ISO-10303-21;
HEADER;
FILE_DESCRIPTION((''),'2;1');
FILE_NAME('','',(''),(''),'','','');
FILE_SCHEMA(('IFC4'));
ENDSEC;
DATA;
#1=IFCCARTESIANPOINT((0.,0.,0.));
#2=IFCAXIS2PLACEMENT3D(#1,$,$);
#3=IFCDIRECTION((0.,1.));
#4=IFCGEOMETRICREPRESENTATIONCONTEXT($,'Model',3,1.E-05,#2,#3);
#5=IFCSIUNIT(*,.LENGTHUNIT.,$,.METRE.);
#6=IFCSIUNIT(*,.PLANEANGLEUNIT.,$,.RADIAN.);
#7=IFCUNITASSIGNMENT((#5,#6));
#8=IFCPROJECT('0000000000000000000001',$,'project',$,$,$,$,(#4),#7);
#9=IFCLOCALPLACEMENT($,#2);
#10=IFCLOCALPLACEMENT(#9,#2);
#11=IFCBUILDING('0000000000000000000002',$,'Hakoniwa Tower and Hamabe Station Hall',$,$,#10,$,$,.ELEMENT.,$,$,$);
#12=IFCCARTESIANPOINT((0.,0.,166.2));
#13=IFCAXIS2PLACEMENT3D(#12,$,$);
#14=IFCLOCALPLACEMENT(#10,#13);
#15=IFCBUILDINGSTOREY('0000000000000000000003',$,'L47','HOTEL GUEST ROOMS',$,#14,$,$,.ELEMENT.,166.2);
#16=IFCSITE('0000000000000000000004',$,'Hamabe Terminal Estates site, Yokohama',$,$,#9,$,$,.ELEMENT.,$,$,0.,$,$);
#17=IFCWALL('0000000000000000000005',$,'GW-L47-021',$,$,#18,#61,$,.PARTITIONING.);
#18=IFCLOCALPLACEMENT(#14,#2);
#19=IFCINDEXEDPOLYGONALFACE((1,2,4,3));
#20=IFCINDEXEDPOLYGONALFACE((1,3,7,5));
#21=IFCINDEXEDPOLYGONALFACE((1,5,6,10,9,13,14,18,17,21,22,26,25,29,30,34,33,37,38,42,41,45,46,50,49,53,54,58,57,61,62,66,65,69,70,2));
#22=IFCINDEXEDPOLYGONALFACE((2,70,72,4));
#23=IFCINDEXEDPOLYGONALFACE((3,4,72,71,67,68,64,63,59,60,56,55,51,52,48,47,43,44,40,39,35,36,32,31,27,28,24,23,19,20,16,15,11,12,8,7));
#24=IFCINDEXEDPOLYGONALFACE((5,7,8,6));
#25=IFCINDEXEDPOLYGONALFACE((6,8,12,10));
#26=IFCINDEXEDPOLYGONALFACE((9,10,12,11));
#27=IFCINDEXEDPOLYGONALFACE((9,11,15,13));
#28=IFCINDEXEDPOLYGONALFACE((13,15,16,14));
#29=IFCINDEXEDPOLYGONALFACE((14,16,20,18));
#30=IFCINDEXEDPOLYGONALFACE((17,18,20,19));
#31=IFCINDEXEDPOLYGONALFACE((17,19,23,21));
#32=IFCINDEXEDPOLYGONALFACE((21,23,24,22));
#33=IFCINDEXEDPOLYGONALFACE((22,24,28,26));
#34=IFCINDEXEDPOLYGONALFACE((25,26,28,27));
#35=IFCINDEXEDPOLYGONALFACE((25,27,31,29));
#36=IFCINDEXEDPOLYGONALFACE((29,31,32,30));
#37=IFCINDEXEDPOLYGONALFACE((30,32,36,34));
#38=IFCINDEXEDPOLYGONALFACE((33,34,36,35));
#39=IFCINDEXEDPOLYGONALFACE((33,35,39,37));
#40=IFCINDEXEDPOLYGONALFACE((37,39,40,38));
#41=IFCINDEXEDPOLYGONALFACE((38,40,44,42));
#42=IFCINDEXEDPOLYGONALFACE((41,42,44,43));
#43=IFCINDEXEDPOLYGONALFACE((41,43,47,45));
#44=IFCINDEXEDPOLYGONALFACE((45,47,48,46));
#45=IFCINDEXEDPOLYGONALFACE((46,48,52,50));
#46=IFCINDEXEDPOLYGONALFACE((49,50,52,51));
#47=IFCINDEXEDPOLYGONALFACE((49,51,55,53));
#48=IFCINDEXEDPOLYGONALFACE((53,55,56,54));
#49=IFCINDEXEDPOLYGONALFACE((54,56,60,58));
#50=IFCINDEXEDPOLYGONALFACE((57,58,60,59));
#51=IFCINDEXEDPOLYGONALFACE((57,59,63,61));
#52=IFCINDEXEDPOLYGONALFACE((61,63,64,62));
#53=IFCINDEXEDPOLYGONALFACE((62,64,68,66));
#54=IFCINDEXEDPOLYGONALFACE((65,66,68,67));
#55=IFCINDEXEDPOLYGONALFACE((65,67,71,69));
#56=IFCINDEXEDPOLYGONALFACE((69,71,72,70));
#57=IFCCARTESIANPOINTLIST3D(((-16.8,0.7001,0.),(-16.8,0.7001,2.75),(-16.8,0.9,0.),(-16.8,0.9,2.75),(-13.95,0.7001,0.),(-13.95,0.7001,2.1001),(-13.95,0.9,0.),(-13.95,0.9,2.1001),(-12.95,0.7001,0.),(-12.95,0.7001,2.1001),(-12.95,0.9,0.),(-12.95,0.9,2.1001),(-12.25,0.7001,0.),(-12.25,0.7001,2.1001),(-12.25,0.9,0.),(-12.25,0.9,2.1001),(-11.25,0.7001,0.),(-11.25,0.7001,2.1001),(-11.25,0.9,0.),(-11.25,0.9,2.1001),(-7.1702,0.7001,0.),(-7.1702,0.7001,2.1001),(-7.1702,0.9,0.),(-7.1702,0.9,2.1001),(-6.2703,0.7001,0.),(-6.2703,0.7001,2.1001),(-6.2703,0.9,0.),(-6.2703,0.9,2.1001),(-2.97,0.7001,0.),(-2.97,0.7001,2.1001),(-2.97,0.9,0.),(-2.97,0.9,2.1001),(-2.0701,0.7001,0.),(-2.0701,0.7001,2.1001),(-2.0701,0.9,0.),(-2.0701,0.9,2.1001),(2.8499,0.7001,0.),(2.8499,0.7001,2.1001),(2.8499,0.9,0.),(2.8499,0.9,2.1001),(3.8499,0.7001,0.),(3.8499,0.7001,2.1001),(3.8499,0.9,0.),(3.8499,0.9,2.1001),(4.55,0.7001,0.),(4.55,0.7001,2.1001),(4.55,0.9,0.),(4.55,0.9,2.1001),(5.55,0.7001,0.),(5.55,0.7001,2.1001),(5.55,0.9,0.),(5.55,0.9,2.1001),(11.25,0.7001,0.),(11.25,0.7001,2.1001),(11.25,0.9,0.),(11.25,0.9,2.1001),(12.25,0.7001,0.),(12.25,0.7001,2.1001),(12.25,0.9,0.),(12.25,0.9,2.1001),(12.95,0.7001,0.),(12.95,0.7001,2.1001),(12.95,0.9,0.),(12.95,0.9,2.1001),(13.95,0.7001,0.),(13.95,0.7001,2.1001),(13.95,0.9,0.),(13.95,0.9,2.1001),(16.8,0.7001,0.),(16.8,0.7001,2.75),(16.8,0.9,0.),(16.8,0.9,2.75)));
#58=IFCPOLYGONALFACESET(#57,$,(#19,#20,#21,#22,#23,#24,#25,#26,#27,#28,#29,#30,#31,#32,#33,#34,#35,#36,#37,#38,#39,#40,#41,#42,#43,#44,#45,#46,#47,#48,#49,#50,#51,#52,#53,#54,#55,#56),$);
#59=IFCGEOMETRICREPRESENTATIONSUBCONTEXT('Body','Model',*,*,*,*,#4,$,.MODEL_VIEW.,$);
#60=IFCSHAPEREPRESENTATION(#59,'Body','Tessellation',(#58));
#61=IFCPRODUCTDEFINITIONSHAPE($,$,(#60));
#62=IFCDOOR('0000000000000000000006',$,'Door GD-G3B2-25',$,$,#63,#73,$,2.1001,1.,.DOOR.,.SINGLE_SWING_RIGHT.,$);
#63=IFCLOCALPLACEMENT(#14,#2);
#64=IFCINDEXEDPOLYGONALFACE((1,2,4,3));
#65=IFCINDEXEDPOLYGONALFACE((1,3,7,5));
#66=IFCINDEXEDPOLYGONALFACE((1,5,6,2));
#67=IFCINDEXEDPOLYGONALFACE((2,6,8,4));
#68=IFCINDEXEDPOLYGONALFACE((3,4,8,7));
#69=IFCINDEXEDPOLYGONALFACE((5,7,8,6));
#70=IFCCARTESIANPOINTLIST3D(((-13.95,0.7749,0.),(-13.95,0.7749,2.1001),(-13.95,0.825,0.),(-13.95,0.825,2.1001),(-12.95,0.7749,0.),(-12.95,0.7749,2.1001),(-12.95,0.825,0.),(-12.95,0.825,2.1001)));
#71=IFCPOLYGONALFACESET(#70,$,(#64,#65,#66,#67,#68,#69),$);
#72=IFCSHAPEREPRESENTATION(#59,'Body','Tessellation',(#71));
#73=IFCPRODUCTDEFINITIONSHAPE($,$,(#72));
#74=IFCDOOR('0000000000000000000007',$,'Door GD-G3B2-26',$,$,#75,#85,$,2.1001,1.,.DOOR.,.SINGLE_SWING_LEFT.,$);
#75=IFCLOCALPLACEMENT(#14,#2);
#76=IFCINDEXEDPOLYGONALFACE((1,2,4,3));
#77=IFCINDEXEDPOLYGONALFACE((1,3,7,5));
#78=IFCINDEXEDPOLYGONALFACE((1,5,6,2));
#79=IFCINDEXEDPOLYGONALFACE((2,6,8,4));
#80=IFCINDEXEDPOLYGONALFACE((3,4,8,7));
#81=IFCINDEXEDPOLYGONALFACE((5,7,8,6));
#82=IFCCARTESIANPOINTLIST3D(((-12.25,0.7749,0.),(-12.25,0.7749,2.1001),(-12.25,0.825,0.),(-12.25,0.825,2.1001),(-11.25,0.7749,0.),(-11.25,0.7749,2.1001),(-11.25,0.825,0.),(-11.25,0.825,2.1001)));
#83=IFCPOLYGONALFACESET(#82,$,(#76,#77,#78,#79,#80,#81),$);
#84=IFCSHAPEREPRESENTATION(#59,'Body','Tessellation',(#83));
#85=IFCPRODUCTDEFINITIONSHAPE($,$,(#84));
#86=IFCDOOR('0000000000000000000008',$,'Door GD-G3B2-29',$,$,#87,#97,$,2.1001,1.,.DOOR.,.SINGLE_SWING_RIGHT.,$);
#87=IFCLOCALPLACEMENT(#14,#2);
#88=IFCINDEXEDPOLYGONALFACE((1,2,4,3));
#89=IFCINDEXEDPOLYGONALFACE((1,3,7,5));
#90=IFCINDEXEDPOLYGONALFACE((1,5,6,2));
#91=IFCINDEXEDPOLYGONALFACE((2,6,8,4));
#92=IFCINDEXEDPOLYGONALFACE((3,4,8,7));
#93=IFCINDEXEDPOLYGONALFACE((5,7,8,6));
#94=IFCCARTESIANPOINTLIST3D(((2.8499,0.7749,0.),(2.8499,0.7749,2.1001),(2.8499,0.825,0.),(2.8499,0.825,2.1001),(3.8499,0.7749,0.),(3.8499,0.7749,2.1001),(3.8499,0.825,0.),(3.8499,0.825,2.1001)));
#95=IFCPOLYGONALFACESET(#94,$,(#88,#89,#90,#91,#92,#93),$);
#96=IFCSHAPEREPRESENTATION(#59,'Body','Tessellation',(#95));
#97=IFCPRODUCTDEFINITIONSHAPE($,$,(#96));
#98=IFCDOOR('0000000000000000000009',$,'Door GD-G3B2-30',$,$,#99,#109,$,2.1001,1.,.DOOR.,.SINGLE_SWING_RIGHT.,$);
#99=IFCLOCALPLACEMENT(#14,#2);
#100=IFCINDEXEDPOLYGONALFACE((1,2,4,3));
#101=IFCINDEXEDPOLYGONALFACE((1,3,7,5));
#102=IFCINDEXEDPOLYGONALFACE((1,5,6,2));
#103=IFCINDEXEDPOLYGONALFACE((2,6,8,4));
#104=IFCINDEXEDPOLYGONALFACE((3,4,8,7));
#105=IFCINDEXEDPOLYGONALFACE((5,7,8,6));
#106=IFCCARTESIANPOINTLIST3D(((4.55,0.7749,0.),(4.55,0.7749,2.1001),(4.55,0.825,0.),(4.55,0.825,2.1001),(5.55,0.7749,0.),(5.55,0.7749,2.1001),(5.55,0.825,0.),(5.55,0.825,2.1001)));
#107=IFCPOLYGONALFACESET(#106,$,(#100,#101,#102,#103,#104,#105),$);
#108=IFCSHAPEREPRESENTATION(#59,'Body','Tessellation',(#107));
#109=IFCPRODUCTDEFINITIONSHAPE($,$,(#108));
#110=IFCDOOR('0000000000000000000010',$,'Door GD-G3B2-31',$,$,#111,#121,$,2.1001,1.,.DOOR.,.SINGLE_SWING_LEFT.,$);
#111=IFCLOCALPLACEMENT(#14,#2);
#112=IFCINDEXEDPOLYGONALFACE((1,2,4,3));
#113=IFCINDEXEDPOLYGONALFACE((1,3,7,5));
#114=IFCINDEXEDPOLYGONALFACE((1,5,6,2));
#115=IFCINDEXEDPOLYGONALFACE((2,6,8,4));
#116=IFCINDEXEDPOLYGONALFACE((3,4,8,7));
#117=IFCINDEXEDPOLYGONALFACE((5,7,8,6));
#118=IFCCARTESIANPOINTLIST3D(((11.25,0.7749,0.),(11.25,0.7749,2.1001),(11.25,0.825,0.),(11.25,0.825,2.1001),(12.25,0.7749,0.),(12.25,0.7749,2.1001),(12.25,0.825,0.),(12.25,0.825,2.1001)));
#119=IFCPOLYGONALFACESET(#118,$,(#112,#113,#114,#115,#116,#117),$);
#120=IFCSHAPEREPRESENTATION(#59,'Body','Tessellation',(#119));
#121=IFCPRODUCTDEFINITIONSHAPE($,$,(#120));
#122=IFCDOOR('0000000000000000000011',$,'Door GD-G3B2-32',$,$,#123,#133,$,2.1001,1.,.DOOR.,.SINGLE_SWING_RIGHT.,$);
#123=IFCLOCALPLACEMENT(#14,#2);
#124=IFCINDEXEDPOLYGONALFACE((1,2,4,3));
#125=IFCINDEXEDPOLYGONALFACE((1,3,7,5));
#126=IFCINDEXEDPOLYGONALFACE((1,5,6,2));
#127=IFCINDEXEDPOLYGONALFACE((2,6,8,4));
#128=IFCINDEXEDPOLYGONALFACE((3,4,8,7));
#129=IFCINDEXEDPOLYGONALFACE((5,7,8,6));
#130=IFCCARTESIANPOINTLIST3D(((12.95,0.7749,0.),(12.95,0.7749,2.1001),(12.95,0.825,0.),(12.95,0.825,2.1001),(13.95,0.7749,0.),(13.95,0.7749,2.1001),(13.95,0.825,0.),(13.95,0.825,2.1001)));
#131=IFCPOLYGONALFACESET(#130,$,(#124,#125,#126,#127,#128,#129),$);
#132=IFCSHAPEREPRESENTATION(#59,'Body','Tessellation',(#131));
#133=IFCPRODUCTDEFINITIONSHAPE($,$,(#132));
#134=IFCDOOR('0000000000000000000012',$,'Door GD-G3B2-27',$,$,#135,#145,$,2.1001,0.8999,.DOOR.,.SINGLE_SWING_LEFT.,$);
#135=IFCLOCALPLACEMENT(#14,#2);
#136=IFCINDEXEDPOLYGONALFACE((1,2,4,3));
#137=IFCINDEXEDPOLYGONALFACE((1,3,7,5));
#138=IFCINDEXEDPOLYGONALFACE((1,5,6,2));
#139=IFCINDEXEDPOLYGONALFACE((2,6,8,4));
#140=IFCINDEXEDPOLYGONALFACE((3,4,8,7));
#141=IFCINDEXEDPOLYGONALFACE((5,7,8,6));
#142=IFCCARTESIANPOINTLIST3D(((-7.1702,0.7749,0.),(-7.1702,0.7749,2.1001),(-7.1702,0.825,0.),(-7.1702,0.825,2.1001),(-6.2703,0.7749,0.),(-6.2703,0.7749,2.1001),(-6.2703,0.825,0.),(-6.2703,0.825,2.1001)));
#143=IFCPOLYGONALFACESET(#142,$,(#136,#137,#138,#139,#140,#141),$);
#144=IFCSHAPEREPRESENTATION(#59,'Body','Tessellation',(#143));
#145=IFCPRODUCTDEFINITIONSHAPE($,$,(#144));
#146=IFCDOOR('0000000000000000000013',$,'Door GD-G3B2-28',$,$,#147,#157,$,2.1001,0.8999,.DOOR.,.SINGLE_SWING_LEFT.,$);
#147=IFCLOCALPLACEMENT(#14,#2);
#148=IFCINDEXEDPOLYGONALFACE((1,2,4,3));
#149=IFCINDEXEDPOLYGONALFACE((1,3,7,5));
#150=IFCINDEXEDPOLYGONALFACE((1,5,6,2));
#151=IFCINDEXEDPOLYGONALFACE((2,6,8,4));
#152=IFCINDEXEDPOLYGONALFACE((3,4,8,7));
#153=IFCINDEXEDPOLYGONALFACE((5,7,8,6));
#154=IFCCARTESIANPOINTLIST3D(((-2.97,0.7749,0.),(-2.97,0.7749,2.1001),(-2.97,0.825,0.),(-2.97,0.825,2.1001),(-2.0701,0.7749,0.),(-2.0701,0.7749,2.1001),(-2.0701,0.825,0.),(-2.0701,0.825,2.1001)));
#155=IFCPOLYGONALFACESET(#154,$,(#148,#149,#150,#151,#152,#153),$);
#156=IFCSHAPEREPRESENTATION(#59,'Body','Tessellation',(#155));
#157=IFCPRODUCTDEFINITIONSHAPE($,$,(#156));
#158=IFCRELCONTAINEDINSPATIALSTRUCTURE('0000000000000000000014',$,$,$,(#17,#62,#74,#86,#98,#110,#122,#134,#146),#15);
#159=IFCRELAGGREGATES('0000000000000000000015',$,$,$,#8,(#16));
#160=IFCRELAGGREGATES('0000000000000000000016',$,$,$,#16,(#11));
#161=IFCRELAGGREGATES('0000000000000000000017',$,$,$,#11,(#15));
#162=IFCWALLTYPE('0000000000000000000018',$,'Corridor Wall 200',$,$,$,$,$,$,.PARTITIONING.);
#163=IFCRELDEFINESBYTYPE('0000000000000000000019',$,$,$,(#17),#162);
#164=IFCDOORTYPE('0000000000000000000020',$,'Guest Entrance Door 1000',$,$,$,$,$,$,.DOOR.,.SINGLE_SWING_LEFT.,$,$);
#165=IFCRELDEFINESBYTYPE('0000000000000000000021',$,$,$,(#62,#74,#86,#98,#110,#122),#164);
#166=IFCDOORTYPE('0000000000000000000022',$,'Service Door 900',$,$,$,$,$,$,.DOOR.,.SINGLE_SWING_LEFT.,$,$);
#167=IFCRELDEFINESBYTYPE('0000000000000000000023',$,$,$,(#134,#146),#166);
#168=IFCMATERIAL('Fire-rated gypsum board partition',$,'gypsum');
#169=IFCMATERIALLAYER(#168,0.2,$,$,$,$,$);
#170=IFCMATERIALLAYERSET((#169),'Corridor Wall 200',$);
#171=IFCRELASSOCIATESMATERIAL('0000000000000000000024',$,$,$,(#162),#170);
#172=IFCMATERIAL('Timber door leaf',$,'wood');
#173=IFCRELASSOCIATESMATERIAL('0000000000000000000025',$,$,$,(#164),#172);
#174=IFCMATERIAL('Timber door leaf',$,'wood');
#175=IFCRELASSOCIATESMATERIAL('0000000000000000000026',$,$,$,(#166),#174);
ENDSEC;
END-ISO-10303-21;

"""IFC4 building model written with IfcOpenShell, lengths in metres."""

from ifc_helpers import new_model, si_unit, direction, frame, frame_2d, origin, place, context, subcontext, project, spatial, rectangle, extrude, material, layer, layer_set, type_object, element, fill, save


model = new_model("IFC4")

# Units and contexts
model_context = context("Model", 3, precision=1e-05, world=origin(), true_north=direction((0.0, 1.0)))
body_context = subcontext(model_context, "Body", "Model", "MODEL_VIEW")
ifc_project = project(units=[si_unit("LENGTHUNIT", "METRE"), si_unit("PLANEANGLEUNIT", "RADIAN")], contexts=[model_context])

# Site, building, storey
site_placement = place(None, origin())
site = spatial("IfcSite", under=ifc_project, at=site_placement, Name="Hamabe Terminal Estates site, Yokohama", CompositionType="ELEMENT", RefElevation=0.0)
building_placement = place(site_placement, origin())
building = spatial("IfcBuilding", under=site, at=building_placement, Name="Hakoniwa Tower and Hamabe Station Hall", CompositionType="ELEMENT")
storey_placement = place(building_placement, frame((0.0, 0.0, 166.2)))
storey = spatial("IfcBuildingStorey", under=building, at=storey_placement, Name="L47", Description="HOTEL GUEST ROOMS", CompositionType="ELEMENT", Elevation=166.2)

# Wall, openings, doors
ifc_material_1 = material(Name="Fire-rated gypsum board partition", Category="gypsum")
ifc_layer_1 = layer(ifc_material_1, 0.2)
ifc_layer_set_1 = layer_set([ifc_layer_1], Name="Corridor Wall 200")
wall_type_1 = type_object("IfcWallType", Name="Corridor Wall 200", PredefinedType="PARTITIONING", material=ifc_layer_set_1)
ifc_material_2 = material(Name="Timber door leaf", Category="wood")
door_type_1 = type_object("IfcDoorType", Name="Guest Entrance Door 1000", OperationType="SINGLE_SWING_LEFT", PredefinedType="DOOR", material=ifc_material_2)
ifc_material_3 = material(Name="Timber door leaf", Category="wood")
door_type_2 = type_object("IfcDoorType", Name="Service Door 900", OperationType="SINGLE_SWING_LEFT", PredefinedType="DOOR", material=ifc_material_3)
wall_1_placement = place(storey_placement, frame((-16.8, 0.8, 0.0), z_axis=(0.0, 0.0, 1.0), x_axis=(1.0, 0.0, 0.0)))
wall_1 = element("IfcWall", 1, at=wall_1_placement, inside=storey, type_object=wall_type_1, Name="GW-L47-021", PredefinedType="PARTITIONING", context=body_context, shape_type="SweptSolid", body=[
    extrude(rectangle(XDim=33.6001, YDim=0.2, at=frame_2d((16.8, 0.0))), origin(), (0.0, 0.0, 1.0), 2.75),
])
opening_1_placement = place(wall_1_placement, frame((2.8501, 0.0, 0.0)))
opening_1 = element("IfcOpeningElement", 2, at=opening_1_placement, cuts=wall_1, PredefinedType="OPENING", context=body_context, shape_type="SweptSolid", body=[
    extrude(rectangle(XDim=1.0, YDim=2.1001, at=frame_2d((0.5, 1.05))), frame((0.0, 0.1099, 0.0), z_axis=(0.0, -1.0, 0.0), x_axis=(1.0, 0.0, 0.0)), (0.0, 0.0, 1.0), 0.22),
])
opening_2_placement = place(wall_1_placement, frame((4.55, 0.0, 0.0)))
opening_2 = element("IfcOpeningElement", 3, at=opening_2_placement, cuts=wall_1, PredefinedType="OPENING", context=body_context, shape_type="SweptSolid", body=[
    extrude(rectangle(XDim=1.0, YDim=2.1001, at=frame_2d((0.5, 1.05))), frame((0.0, 0.1099, 0.0), z_axis=(0.0, -1.0, 0.0), x_axis=(1.0, 0.0, 0.0)), (0.0, 0.0, 1.0), 0.22),
])
opening_3_placement = place(wall_1_placement, frame((9.6299, 0.0, 0.0)))
opening_3 = element("IfcOpeningElement", 4, at=opening_3_placement, cuts=wall_1, PredefinedType="OPENING", context=body_context, shape_type="SweptSolid", body=[
    extrude(rectangle(XDim=0.8999, YDim=2.1001, at=frame_2d((0.45, 1.05))), frame((0.0, 0.1099, 0.0), z_axis=(0.0, -1.0, 0.0), x_axis=(1.0, 0.0, 0.0)), (0.0, 0.0, 1.0), 0.22),
])
opening_4_placement = place(wall_1_placement, frame((13.8301, 0.0, 0.0)))
opening_4 = element("IfcOpeningElement", 5, at=opening_4_placement, cuts=wall_1, PredefinedType="OPENING", context=body_context, shape_type="SweptSolid", body=[
    extrude(rectangle(XDim=0.8999, YDim=2.1001, at=frame_2d((0.45, 1.05))), frame((0.0, 0.1099, 0.0), z_axis=(0.0, -1.0, 0.0), x_axis=(1.0, 0.0, 0.0)), (0.0, 0.0, 1.0), 0.22),
])
opening_5_placement = place(wall_1_placement, frame((19.6499, 0.0, 0.0)))
opening_5 = element("IfcOpeningElement", 6, at=opening_5_placement, cuts=wall_1, PredefinedType="OPENING", context=body_context, shape_type="SweptSolid", body=[
    extrude(rectangle(XDim=1.0, YDim=2.1001, at=frame_2d((0.5, 1.05))), frame((0.0, 0.1099, 0.0), z_axis=(0.0, -1.0, 0.0), x_axis=(1.0, 0.0, 0.0)), (0.0, 0.0, 1.0), 0.22),
])
opening_6_placement = place(wall_1_placement, frame((21.3501, 0.0, 0.0)))
opening_6 = element("IfcOpeningElement", 7, at=opening_6_placement, cuts=wall_1, PredefinedType="OPENING", context=body_context, shape_type="SweptSolid", body=[
    extrude(rectangle(XDim=1.0, YDim=2.1001, at=frame_2d((0.5, 1.05))), frame((0.0, 0.1099, 0.0), z_axis=(0.0, -1.0, 0.0), x_axis=(1.0, 0.0, 0.0)), (0.0, 0.0, 1.0), 0.22),
])
opening_7_placement = place(wall_1_placement, frame((28.05, 0.0, 0.0)))
opening_7 = element("IfcOpeningElement", 8, at=opening_7_placement, cuts=wall_1, PredefinedType="OPENING", context=body_context, shape_type="SweptSolid", body=[
    extrude(rectangle(XDim=1.0, YDim=2.1001, at=frame_2d((0.5, 1.05))), frame((0.0, 0.1099, 0.0), z_axis=(0.0, -1.0, 0.0), x_axis=(1.0, 0.0, 0.0)), (0.0, 0.0, 1.0), 0.22),
])
opening_8_placement = place(wall_1_placement, frame((29.75, 0.0, 0.0)))
opening_8 = element("IfcOpeningElement", 9, at=opening_8_placement, cuts=wall_1, PredefinedType="OPENING", context=body_context, shape_type="SweptSolid", body=[
    extrude(rectangle(XDim=1.0, YDim=2.1001, at=frame_2d((0.5, 1.05))), frame((0.0, 0.1099, 0.0), z_axis=(0.0, -1.0, 0.0), x_axis=(1.0, 0.0, 0.0)), (0.0, 0.0, 1.0), 0.22),
])
door_1_placement = place(opening_1_placement, origin())
door_1 = element("IfcDoor", 10, at=door_1_placement, inside=storey, type_object=door_type_1, Name="Door GD-G3B2-25", OperationType="SINGLE_SWING_RIGHT", OverallHeight=2.1001, OverallWidth=1.0, PredefinedType="DOOR", context=body_context, shape_type="SweptSolid", body=[
    extrude(rectangle(XDim=1.0, YDim=2.1001, at=frame_2d((0.5, 1.05))), frame((0.0, 0.0249, 0.0), z_axis=(0.0, -1.0, 0.0), x_axis=(1.0, 0.0, 0.0)), (0.0, 0.0, 1.0), 0.05),
])
fill(opening_1, door_1)
door_2_placement = place(opening_2_placement, origin())
door_2 = element("IfcDoor", 11, at=door_2_placement, inside=storey, type_object=door_type_1, Name="Door GD-G3B2-26", OperationType="SINGLE_SWING_LEFT", OverallHeight=2.1001, OverallWidth=1.0, PredefinedType="DOOR", context=body_context, shape_type="SweptSolid", body=[
    extrude(rectangle(XDim=1.0, YDim=2.1001, at=frame_2d((0.5, 1.05))), frame((0.0, 0.0249, 0.0), z_axis=(0.0, -1.0, 0.0), x_axis=(1.0, 0.0, 0.0)), (0.0, 0.0, 1.0), 0.05),
])
fill(opening_2, door_2)
door_3_placement = place(opening_5_placement, origin())
door_3 = element("IfcDoor", 12, at=door_3_placement, inside=storey, type_object=door_type_1, Name="Door GD-G3B2-29", OperationType="SINGLE_SWING_RIGHT", OverallHeight=2.1001, OverallWidth=1.0, PredefinedType="DOOR", context=body_context, shape_type="SweptSolid", body=[
    extrude(rectangle(XDim=1.0, YDim=2.1001, at=frame_2d((0.5, 1.05))), frame((0.0, 0.0249, 0.0), z_axis=(0.0, -1.0, 0.0), x_axis=(1.0, 0.0, 0.0)), (0.0, 0.0, 1.0), 0.05),
])
fill(opening_5, door_3)
door_4_placement = place(opening_6_placement, origin())
door_4 = element("IfcDoor", 13, at=door_4_placement, inside=storey, type_object=door_type_1, Name="Door GD-G3B2-30", OperationType="SINGLE_SWING_RIGHT", OverallHeight=2.1001, OverallWidth=1.0, PredefinedType="DOOR", context=body_context, shape_type="SweptSolid", body=[
    extrude(rectangle(XDim=1.0, YDim=2.1001, at=frame_2d((0.5, 1.05))), frame((0.0, 0.0249, 0.0), z_axis=(0.0, -1.0, 0.0), x_axis=(1.0, 0.0, 0.0)), (0.0, 0.0, 1.0), 0.05),
])
fill(opening_6, door_4)
door_5_placement = place(opening_7_placement, origin())
door_5 = element("IfcDoor", 14, at=door_5_placement, inside=storey, type_object=door_type_1, Name="Door GD-G3B2-31", OperationType="SINGLE_SWING_LEFT", OverallHeight=2.1001, OverallWidth=1.0, PredefinedType="DOOR", context=body_context, shape_type="SweptSolid", body=[
    extrude(rectangle(XDim=1.0, YDim=2.1001, at=frame_2d((0.5, 1.05))), frame((0.0, 0.0249, 0.0), z_axis=(0.0, -1.0, 0.0), x_axis=(1.0, 0.0, 0.0)), (0.0, 0.0, 1.0), 0.05),
])
fill(opening_7, door_5)
door_6_placement = place(opening_8_placement, origin())
door_6 = element("IfcDoor", 15, at=door_6_placement, inside=storey, type_object=door_type_1, Name="Door GD-G3B2-32", OperationType="SINGLE_SWING_RIGHT", OverallHeight=2.1001, OverallWidth=1.0, PredefinedType="DOOR", context=body_context, shape_type="SweptSolid", body=[
    extrude(rectangle(XDim=1.0, YDim=2.1001, at=frame_2d((0.5, 1.05))), frame((0.0, 0.0249, 0.0), z_axis=(0.0, -1.0, 0.0), x_axis=(1.0, 0.0, 0.0)), (0.0, 0.0, 1.0), 0.05),
])
fill(opening_8, door_6)
door_7_placement = place(opening_3_placement, origin())
door_7 = element("IfcDoor", 16, at=door_7_placement, inside=storey, type_object=door_type_2, Name="Door GD-G3B2-27", OperationType="SINGLE_SWING_LEFT", OverallHeight=2.1001, OverallWidth=0.8999, PredefinedType="DOOR", context=body_context, shape_type="SweptSolid", body=[
    extrude(rectangle(XDim=0.8999, YDim=2.1001, at=frame_2d((0.45, 1.05))), frame((0.0, 0.0249, 0.0), z_axis=(0.0, -1.0, 0.0), x_axis=(1.0, 0.0, 0.0)), (0.0, 0.0, 1.0), 0.05),
])
fill(opening_3, door_7)
door_8_placement = place(opening_4_placement, origin())
door_8 = element("IfcDoor", 17, at=door_8_placement, inside=storey, type_object=door_type_2, Name="Door GD-G3B2-28", OperationType="SINGLE_SWING_LEFT", OverallHeight=2.1001, OverallWidth=0.8999, PredefinedType="DOOR", context=body_context, shape_type="SweptSolid", body=[
    extrude(rectangle(XDim=0.8999, YDim=2.1001, at=frame_2d((0.45, 1.05))), frame((0.0, 0.0249, 0.0), z_axis=(0.0, -1.0, 0.0), x_axis=(1.0, 0.0, 0.0)), (0.0, 0.0, 1.0), 0.05),
])
fill(opening_4, door_8)

save(model, "model.ifc")
